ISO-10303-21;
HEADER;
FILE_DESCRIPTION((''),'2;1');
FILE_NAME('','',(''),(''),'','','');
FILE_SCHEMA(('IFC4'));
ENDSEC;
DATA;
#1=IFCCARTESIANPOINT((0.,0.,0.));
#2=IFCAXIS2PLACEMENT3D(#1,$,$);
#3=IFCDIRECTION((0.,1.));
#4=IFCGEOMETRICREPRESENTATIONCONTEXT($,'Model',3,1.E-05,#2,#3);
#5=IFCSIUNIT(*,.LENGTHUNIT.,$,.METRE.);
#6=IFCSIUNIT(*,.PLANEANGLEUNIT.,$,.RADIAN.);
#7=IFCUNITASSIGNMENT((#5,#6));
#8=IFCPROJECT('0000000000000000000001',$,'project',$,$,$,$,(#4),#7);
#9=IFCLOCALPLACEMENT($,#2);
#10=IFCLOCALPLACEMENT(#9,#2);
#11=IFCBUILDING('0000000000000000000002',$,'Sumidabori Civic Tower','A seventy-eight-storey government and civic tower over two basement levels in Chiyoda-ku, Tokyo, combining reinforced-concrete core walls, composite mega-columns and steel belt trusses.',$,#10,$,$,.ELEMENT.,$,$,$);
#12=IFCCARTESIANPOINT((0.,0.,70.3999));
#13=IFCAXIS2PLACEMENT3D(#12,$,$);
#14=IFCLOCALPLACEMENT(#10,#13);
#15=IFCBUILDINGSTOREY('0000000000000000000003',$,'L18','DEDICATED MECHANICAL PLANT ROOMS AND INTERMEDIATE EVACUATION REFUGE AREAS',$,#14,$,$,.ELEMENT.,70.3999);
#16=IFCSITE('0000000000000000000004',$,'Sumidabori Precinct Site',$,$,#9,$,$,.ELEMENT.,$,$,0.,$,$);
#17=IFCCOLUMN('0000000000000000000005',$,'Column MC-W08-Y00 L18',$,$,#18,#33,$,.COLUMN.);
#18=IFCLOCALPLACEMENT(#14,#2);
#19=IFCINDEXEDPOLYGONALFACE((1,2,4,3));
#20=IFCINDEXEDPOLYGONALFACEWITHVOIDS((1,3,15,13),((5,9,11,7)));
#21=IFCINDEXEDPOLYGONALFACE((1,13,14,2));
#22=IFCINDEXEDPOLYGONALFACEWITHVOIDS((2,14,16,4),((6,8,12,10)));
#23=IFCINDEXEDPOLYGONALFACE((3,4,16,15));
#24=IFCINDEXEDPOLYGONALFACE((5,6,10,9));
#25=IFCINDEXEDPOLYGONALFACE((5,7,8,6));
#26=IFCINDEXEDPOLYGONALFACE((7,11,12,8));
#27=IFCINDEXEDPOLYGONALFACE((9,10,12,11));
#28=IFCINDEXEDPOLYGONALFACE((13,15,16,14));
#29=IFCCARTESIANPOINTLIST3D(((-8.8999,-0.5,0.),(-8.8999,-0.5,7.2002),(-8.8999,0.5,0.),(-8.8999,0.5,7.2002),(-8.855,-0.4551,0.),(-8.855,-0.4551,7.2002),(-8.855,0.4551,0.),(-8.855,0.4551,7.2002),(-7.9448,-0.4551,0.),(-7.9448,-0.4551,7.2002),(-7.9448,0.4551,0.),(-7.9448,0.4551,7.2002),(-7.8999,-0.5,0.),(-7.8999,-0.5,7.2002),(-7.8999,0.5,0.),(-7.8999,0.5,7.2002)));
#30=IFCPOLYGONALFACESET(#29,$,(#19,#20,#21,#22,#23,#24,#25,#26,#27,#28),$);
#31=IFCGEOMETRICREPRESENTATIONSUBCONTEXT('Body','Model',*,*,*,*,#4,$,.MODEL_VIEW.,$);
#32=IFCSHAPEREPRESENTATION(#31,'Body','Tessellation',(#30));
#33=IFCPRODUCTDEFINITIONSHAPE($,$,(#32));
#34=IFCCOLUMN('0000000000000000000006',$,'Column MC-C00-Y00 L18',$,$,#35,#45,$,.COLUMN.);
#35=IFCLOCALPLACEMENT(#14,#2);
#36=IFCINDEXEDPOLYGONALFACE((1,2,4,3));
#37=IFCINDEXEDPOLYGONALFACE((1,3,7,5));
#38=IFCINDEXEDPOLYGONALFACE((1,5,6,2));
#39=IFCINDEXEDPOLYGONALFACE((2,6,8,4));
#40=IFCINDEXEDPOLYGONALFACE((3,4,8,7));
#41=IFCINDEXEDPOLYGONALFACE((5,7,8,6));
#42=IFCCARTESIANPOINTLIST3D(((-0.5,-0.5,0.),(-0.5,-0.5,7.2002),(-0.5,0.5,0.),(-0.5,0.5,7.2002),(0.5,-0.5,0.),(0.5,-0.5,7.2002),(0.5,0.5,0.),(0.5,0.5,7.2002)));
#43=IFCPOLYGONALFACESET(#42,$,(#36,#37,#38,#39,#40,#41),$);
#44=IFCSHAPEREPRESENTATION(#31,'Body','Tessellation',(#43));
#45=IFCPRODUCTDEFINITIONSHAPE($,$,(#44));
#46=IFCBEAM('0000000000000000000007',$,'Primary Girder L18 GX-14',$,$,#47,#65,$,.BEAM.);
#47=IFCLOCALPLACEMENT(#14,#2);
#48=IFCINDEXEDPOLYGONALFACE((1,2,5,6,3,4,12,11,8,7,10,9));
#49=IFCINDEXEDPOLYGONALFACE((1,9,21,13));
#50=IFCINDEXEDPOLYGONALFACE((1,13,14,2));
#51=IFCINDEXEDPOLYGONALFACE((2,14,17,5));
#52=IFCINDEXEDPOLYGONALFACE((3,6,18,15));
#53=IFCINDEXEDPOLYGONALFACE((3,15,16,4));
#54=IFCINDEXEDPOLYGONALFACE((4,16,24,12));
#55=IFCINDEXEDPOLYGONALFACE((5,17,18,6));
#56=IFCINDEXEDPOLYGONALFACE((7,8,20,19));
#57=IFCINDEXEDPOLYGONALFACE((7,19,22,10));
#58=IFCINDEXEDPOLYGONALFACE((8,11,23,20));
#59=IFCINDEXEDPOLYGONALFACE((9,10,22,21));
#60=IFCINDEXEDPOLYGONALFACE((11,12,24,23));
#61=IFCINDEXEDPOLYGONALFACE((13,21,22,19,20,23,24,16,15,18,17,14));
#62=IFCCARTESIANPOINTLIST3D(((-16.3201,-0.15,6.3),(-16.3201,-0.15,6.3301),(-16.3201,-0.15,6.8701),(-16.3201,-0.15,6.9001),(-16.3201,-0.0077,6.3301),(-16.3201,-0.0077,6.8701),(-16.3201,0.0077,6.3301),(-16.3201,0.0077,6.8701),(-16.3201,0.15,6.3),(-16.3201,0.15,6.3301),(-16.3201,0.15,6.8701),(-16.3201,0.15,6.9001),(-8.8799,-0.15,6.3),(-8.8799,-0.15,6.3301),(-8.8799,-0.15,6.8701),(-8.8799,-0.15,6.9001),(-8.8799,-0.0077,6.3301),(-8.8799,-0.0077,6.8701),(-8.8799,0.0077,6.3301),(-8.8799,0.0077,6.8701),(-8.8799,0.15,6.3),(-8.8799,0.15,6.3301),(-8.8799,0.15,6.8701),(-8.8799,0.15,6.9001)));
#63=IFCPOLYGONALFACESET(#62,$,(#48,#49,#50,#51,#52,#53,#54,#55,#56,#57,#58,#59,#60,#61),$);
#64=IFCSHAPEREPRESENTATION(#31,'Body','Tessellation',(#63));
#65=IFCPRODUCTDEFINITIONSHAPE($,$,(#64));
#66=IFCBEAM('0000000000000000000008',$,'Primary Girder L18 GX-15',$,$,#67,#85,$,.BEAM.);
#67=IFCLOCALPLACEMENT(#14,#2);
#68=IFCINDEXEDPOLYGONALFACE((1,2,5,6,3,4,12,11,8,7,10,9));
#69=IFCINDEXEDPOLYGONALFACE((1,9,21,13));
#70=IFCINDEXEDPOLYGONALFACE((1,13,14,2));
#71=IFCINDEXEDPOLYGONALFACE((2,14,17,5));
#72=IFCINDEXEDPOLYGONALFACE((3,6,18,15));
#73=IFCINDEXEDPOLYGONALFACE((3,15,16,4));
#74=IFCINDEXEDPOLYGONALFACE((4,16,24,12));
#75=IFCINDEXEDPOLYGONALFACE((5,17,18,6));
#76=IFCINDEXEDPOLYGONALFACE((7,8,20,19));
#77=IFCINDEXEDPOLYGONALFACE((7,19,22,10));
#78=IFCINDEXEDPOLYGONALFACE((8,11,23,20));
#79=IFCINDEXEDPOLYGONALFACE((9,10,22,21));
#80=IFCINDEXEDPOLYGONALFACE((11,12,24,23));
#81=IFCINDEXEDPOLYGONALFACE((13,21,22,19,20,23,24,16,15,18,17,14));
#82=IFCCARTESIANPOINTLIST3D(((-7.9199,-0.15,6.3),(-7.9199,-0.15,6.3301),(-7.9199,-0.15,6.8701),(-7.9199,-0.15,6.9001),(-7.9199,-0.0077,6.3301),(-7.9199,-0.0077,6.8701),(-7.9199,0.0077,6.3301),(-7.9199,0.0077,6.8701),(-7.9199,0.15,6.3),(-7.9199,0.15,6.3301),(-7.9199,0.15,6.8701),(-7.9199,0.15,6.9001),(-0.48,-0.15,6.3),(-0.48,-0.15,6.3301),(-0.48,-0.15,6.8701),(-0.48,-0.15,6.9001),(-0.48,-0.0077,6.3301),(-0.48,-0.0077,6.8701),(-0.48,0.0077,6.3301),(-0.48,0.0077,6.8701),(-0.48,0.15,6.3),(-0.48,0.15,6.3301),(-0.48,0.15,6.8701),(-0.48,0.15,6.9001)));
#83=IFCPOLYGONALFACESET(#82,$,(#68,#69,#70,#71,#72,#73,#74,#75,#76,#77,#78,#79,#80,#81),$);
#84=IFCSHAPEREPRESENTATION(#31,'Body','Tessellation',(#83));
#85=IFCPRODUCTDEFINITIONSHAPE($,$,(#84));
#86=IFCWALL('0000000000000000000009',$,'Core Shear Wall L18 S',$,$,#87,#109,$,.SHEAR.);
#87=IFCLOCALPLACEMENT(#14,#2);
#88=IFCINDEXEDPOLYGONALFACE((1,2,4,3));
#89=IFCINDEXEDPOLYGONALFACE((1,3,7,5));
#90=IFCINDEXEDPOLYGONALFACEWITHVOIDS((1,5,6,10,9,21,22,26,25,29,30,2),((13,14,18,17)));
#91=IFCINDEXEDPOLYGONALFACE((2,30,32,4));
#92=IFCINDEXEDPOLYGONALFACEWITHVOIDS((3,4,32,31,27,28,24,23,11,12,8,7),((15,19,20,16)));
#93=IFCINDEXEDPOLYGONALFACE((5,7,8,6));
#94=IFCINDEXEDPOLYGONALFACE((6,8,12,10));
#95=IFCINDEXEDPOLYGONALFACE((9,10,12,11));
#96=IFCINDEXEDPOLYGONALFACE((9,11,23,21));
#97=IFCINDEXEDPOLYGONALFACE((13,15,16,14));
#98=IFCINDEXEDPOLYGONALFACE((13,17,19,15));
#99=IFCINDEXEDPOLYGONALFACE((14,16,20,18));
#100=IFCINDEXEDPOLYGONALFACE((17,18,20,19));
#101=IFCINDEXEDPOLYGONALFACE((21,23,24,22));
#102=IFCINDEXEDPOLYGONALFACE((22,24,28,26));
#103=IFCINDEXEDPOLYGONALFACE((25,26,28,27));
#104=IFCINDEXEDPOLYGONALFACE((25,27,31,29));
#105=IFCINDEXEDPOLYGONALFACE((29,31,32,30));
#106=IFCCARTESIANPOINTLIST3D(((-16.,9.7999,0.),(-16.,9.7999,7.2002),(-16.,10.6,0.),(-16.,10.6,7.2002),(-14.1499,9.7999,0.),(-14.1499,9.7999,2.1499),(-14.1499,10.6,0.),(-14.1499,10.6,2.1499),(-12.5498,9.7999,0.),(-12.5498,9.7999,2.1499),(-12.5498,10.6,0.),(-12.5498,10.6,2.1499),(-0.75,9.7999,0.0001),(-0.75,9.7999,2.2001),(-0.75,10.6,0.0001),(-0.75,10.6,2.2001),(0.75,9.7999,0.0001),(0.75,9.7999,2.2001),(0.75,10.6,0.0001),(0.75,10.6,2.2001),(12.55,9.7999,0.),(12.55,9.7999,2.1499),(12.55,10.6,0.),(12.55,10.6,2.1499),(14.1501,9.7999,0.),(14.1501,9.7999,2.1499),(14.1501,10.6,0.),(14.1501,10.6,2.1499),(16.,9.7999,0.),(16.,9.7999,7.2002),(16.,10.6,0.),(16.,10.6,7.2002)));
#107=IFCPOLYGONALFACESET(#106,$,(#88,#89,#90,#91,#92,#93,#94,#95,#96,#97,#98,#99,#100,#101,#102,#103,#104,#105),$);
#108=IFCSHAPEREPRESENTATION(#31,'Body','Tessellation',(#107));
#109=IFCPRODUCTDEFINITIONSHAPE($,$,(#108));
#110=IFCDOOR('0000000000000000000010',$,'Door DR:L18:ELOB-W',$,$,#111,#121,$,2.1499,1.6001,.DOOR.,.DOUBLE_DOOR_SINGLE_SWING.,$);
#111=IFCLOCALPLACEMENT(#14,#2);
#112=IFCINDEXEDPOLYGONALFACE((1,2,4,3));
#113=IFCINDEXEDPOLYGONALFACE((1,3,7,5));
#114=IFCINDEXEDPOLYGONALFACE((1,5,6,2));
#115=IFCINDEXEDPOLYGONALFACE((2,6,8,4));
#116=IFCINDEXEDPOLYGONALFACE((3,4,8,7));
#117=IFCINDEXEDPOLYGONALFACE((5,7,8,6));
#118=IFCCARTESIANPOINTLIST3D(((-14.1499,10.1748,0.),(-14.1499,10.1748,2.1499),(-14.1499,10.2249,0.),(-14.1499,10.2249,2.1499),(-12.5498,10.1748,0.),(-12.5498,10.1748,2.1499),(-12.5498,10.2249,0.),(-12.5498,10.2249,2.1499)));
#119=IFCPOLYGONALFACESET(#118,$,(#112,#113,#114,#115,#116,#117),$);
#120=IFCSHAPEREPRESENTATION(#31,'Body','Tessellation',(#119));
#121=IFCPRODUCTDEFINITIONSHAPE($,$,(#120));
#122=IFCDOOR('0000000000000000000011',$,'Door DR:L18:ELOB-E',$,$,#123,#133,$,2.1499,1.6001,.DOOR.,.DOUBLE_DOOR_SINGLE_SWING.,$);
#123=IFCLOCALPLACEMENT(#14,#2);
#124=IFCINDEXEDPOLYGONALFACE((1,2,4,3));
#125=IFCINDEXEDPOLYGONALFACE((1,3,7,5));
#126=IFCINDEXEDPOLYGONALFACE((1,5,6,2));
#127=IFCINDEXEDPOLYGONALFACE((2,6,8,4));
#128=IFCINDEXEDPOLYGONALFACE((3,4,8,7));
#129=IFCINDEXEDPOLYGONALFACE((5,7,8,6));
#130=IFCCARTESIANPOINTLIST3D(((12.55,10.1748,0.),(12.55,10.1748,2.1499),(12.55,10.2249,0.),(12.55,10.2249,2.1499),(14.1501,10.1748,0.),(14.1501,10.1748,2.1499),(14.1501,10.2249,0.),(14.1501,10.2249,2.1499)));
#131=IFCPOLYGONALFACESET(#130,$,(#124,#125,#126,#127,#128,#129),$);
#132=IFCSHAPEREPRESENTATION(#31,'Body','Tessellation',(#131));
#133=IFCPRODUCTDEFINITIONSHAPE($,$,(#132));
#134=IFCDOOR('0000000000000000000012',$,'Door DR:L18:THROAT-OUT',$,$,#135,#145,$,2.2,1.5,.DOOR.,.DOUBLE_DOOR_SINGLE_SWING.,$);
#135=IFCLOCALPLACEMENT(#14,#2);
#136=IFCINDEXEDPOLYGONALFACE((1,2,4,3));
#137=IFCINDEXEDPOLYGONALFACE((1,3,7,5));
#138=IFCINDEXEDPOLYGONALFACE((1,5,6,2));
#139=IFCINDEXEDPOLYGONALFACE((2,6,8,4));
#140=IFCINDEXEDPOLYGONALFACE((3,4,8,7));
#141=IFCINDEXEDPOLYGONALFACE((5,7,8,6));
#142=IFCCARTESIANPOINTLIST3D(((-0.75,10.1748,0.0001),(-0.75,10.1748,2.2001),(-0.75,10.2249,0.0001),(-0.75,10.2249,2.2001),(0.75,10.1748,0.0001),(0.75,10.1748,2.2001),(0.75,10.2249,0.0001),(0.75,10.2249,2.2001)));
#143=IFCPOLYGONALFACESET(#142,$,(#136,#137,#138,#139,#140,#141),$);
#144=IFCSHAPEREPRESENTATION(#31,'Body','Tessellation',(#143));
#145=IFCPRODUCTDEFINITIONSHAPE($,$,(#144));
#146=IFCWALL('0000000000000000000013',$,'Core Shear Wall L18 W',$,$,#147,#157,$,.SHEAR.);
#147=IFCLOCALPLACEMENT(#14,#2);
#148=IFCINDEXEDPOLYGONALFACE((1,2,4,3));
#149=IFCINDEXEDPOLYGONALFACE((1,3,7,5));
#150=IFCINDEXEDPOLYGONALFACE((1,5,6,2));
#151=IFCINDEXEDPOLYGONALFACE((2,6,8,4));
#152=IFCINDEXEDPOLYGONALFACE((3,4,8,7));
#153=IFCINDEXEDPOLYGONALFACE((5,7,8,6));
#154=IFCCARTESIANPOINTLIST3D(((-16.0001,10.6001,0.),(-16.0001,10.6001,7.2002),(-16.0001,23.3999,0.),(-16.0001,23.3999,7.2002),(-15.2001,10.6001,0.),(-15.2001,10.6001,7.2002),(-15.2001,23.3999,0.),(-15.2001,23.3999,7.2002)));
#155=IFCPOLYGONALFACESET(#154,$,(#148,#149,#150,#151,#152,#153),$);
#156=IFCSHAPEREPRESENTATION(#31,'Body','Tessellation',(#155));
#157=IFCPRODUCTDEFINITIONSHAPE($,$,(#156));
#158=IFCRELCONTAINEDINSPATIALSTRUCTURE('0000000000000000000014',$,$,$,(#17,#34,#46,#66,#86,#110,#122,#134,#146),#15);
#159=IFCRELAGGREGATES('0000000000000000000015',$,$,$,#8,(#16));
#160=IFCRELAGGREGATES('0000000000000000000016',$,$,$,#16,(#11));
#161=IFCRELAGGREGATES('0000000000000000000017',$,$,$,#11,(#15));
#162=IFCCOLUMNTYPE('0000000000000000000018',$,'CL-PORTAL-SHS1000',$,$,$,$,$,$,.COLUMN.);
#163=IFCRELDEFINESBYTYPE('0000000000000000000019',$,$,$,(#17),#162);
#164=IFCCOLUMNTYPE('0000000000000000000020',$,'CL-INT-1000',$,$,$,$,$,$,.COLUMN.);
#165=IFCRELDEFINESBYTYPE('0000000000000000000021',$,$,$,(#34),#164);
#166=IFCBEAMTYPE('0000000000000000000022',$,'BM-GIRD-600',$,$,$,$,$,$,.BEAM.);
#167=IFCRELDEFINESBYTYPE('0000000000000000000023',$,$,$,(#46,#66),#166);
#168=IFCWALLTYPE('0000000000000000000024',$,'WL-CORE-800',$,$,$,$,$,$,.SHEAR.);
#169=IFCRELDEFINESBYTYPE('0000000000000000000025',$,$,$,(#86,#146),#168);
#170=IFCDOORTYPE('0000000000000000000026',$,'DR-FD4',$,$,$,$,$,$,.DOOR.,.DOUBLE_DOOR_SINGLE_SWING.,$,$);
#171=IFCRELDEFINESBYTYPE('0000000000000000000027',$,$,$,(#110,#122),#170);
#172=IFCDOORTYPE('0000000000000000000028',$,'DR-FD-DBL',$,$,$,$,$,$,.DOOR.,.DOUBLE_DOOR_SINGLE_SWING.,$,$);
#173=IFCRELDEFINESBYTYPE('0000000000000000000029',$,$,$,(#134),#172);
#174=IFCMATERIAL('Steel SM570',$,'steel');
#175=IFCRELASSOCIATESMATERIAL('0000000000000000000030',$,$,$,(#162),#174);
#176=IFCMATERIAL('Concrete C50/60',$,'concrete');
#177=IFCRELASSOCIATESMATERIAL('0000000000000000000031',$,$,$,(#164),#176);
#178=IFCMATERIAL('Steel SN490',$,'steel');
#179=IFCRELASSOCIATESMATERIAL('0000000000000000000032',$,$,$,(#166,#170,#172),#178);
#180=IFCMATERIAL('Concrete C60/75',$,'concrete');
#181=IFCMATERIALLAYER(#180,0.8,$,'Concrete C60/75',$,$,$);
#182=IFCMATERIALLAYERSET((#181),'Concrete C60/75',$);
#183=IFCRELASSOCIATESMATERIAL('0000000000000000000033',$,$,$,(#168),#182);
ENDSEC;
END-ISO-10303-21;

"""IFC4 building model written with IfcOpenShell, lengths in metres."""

from ifc_helpers import new_model, si_unit, direction, frame, frame_2d, origin, origin_with_axes, origin_2d, place, context, subcontext, project, spatial, rectangle, hollow_rectangle, i_section, extrude, source, transform, mapped, material, layer, layer_set, material_profile, profile_set, type_object, element, fill, save


model = new_model("IFC4")

# Units and contexts
model_context = context("Model", 3, precision=1e-05, world=origin(), true_north=direction((0.0, 1.0)))
body_context = subcontext(model_context, "Body", "Model", "MODEL_VIEW")
ifc_project = project(units=[si_unit("LENGTHUNIT", "METRE"), si_unit("PLANEANGLEUNIT", "RADIAN")], contexts=[model_context])

# Site, building, storey
site_placement = place(None, origin())
site = spatial("IfcSite", under=ifc_project, at=site_placement, Name="Sumidabori Precinct Site", CompositionType="ELEMENT", RefElevation=0.0)
building_placement = place(site_placement, origin())
building = spatial("IfcBuilding", under=site, at=building_placement, Name="Sumidabori Civic Tower", Description="A seventy-eight-storey government and civic tower over two basement levels in Chiyoda-ku, Tokyo, combining reinforced-concrete core walls, composite mega-columns and steel belt trusses.", CompositionType="ELEMENT")
storey_placement = place(building_placement, frame((0.0, 0.0, 70.3999)))
storey = spatial("IfcBuildingStorey", under=building, at=storey_placement, Name="L18", Description="DEDICATED MECHANICAL PLANT ROOMS AND INTERMEDIATE EVACUATION REFUGE AREAS", CompositionType="ELEMENT", Elevation=70.3999)

# Columns
ifc_material_1 = material(Name="Steel SM570", Category="steel")
ifc_material_profile_1 = material_profile(ifc_material_1, hollow_rectangle(XDim=1.0, YDim=1.0, WallThickness=0.0449, at=origin_2d()), Name="SHS 1000x1000x45")
ifc_profile_set_1 = profile_set([ifc_material_profile_1], Name="Steel SM570")
column_type_1 = type_object("IfcColumnType", Name="CL-PORTAL-SHS1000", PredefinedType="COLUMN", material=ifc_profile_set_1)
shared_shape_1 = source(origin(), body_context, "Body", "SweptSolid", [
    extrude(hollow_rectangle(XDim=1.0, YDim=1.0, WallThickness=0.0449, at=origin_2d()), origin(), (0.0, 0.0, 1.0), 7.2002),
])
column_1_placement = place(storey_placement, frame((-8.3999, 0.0, 0.0), z_axis=(0.0, 0.0, 1.0), x_axis=(1.0, 0.0, 0.0)))
element("IfcColumn", 1, at=column_1_placement, inside=storey, type_object=column_type_1, Name="Column MC-W08-Y00 L18", PredefinedType="COLUMN", context=body_context, shape_type="MappedRepresentation", body=[
    mapped(shared_shape_1, transform((0.0, 0.0, 0.0), x_axis=(1.0, 0.0, 0.0), y_axis=(0.0, 1.0, 0.0), z_axis=(0.0, 0.0, 1.0), scale=1.0)),
])
ifc_material_2 = material(Name="Concrete C50/60", Category="concrete")
ifc_material_profile_2 = material_profile(ifc_material_2, rectangle(XDim=1.0, YDim=1.0, at=origin_2d()), Name="RC 1000x1000")
ifc_profile_set_2 = profile_set([ifc_material_profile_2], Name="Concrete C50/60")
column_type_2 = type_object("IfcColumnType", Name="CL-INT-1000", PredefinedType="COLUMN", material=ifc_profile_set_2)
shared_shape_2 = source(origin(), body_context, "Body", "SweptSolid", [
    extrude(rectangle(XDim=1.0, YDim=1.0, at=origin_2d()), origin(), (0.0, 0.0, 1.0), 7.2002),
])
column_2_placement = place(storey_placement, origin_with_axes())
element("IfcColumn", 2, at=column_2_placement, inside=storey, type_object=column_type_2, Name="Column MC-C00-Y00 L18", PredefinedType="COLUMN", context=body_context, shape_type="MappedRepresentation", body=[
    mapped(shared_shape_2, transform((0.0, 0.0, 0.0), x_axis=(1.0, 0.0, 0.0), y_axis=(0.0, 1.0, 0.0), z_axis=(0.0, 0.0, 1.0), scale=1.0)),
])

# Beams
ifc_material_3 = material(Name="Steel SN490", Category="steel")
ifc_material_profile_3 = material_profile(ifc_material_3, i_section(OverallWidth=0.3, OverallDepth=0.6001, WebThickness=0.0154, FlangeThickness=0.03, at=origin_2d()), Name="HE 600 B")
ifc_profile_set_3 = profile_set([ifc_material_profile_3], Name="Steel SN490")
beam_type = type_object("IfcBeamType", Name="BM-GIRD-600", PredefinedType="BEAM", material=ifc_profile_set_3)
shared_shape_3 = source(origin(), body_context, "Body", "SweptSolid", [
    extrude(i_section(OverallWidth=0.3, OverallDepth=0.6001, WebThickness=0.0154, FlangeThickness=0.03, at=origin_2d()), origin(), (0.0, 0.0, 1.0), 7.4402),
])
beam_1_placement = place(storey_placement, frame((-16.3201, 0.0, 6.6001), z_axis=(1.0, 0.0, 0.0), x_axis=(0.0, 1.0, 0.0)))
element("IfcBeam", 3, at=beam_1_placement, inside=storey, type_object=beam_type, Name="Primary Girder L18 GX-14", PredefinedType="BEAM", context=body_context, shape_type="MappedRepresentation", body=[
    mapped(shared_shape_3, transform((0.0, 0.0, 0.0), x_axis=(1.0, 0.0, 0.0), y_axis=(0.0, 1.0, 0.0), z_axis=(0.0, 0.0, 1.0), scale=1.0)),
])
shared_shape_4 = source(origin(), body_context, "Body", "SweptSolid", [
    extrude(i_section(OverallWidth=0.3, OverallDepth=0.6001, WebThickness=0.0154, FlangeThickness=0.03, at=origin_2d()), origin(), (0.0, 0.0, 1.0), 7.4399),
])
beam_2_placement = place(storey_placement, frame((-7.9199, 0.0, 6.6001), z_axis=(1.0, 0.0, 0.0), x_axis=(0.0, 1.0, 0.0)))
element("IfcBeam", 4, at=beam_2_placement, inside=storey, type_object=beam_type, Name="Primary Girder L18 GX-15", PredefinedType="BEAM", context=body_context, shape_type="MappedRepresentation", body=[
    mapped(shared_shape_4, transform((0.0, 0.0, 0.0), x_axis=(1.0, 0.0, 0.0), y_axis=(0.0, 1.0, 0.0), z_axis=(0.0, 0.0, 1.0), scale=1.0)),
])

# Wall, openings, doors
ifc_material_4 = material(Name="Concrete C60/75", Category="concrete")
ifc_layer_1 = layer(ifc_material_4, 0.8, Name="Concrete C60/75")
ifc_layer_set_1 = layer_set([ifc_layer_1], Name="Concrete C60/75")
wall_type_1 = type_object("IfcWallType", Name="WL-CORE-800", PredefinedType="SHEAR", material=ifc_layer_set_1)
shared_shape_5 = source(origin(), body_context, "Body", "SweptSolid", [
    extrude(rectangle(XDim=32.0, YDim=0.8, at=frame_2d((16.0, 0.0))), origin(), (0.0, 0.0, 1.0), 7.2002),
])
wall_1_placement = place(storey_placement, frame((-16.0, 10.2, 0.0), z_axis=(0.0, 0.0, 1.0), x_axis=(1.0, 0.0, 0.0)))
wall_1 = element("IfcWall", 5, at=wall_1_placement, inside=storey, type_object=wall_type_1, Name="Core Shear Wall L18 S", PredefinedType="SHEAR", context=body_context, shape_type="MappedRepresentation", body=[
    mapped(shared_shape_5, transform((0.0, 0.0, 0.0), x_axis=(1.0, 0.0, 0.0), y_axis=(0.0, 1.0, 0.0), z_axis=(0.0, 0.0, 1.0), scale=1.0)),
])
opening_1_placement = place(wall_1_placement, frame((1.8501, 0.0, 0.0)))
opening_1 = element("IfcOpeningElement", 6, at=opening_1_placement, cuts=wall_1, PredefinedType="OPENING", context=body_context, shape_type="SweptSolid", body=[
    extrude(rectangle(XDim=1.6001, YDim=2.1499, at=frame_2d((0.8, 1.075))), frame((0.0, 0.4121, 0.0), z_axis=(0.0, -1.0, 0.0), x_axis=(1.0, 0.0, 0.0)), (0.0, 0.0, 1.0), 0.824),
])
opening_2_placement = place(wall_1_placement, frame((28.55, 0.0, 0.0)))
opening_2 = element("IfcOpeningElement", 7, at=opening_2_placement, cuts=wall_1, PredefinedType="OPENING", context=body_context, shape_type="SweptSolid", body=[
    extrude(rectangle(XDim=1.6001, YDim=2.1499, at=frame_2d((0.8, 1.075))), frame((0.0, 0.4121, 0.0), z_axis=(0.0, -1.0, 0.0), x_axis=(1.0, 0.0, 0.0)), (0.0, 0.0, 1.0), 0.824),
])
opening_3_placement = place(wall_1_placement, frame((15.25, 0.0, 0.0)))
opening_3 = element("IfcOpeningElement", 8, at=opening_3_placement, cuts=wall_1, PredefinedType="OPENING", context=body_context, shape_type="SweptSolid", body=[
    extrude(rectangle(XDim=1.5, YDim=2.2, at=frame_2d((0.75, 1.1001))), frame((0.0, 0.4121, 0.0), z_axis=(0.0, -1.0, 0.0), x_axis=(1.0, 0.0, 0.0)), (0.0, 0.0, 1.0), 0.824),
])
door_type_1 = type_object("IfcDoorType", Name="DR-FD4", OperationType="DOUBLE_DOOR_SINGLE_SWING", PredefinedType="DOOR", material=ifc_material_3)
shared_shape_6 = source(origin(), body_context, "Body", "SweptSolid", [
    extrude(rectangle(XDim=1.6001, YDim=2.1499, at=frame_2d((0.8, 1.075))), frame((0.0, 0.0249, 0.0), z_axis=(0.0, -1.0, 0.0), x_axis=(1.0, 0.0, 0.0)), (0.0, 0.0, 1.0), 0.05),
])
door_1_placement = place(opening_1_placement, origin())
door_1 = element("IfcDoor", 9, at=door_1_placement, inside=storey, type_object=door_type_1, Name="Door DR:L18:ELOB-W", OperationType="DOUBLE_DOOR_SINGLE_SWING", OverallHeight=2.1499, OverallWidth=1.6001, PredefinedType="DOOR", context=body_context, shape_type="MappedRepresentation", body=[
    mapped(shared_shape_6, transform((0.0, 0.0, 0.0), x_axis=(1.0, 0.0, 0.0), y_axis=(0.0, 1.0, 0.0), z_axis=(0.0, 0.0, 1.0), scale=1.0)),
])
fill(opening_1, door_1)
door_2_placement = place(opening_2_placement, origin())
door_2 = element("IfcDoor", 10, at=door_2_placement, inside=storey, type_object=door_type_1, Name="Door DR:L18:ELOB-E", OperationType="DOUBLE_DOOR_SINGLE_SWING", OverallHeight=2.1499, OverallWidth=1.6001, PredefinedType="DOOR", context=body_context, shape_type="MappedRepresentation", body=[
    mapped(shared_shape_6, transform((0.0, 0.0, 0.0), x_axis=(1.0, 0.0, 0.0), y_axis=(0.0, 1.0, 0.0), z_axis=(0.0, 0.0, 1.0), scale=1.0)),
])
fill(opening_2, door_2)
door_type_2 = type_object("IfcDoorType", Name="DR-FD-DBL", OperationType="DOUBLE_DOOR_SINGLE_SWING", PredefinedType="DOOR", material=ifc_material_3)
shared_shape_7 = source(origin(), body_context, "Body", "SweptSolid", [
    extrude(rectangle(XDim=1.5, YDim=2.2, at=frame_2d((0.75, 1.1001))), frame((0.0, 0.0249, 0.0), z_axis=(0.0, -1.0, 0.0), x_axis=(1.0, 0.0, 0.0)), (0.0, 0.0, 1.0), 0.05),
])
door_3_placement = place(opening_3_placement, origin())
door_3 = element("IfcDoor", 11, at=door_3_placement, inside=storey, type_object=door_type_2, Name="Door DR:L18:THROAT-OUT", OperationType="DOUBLE_DOOR_SINGLE_SWING", OverallHeight=2.2, OverallWidth=1.5, PredefinedType="DOOR", context=body_context, shape_type="MappedRepresentation", body=[
    mapped(shared_shape_7, transform((0.0, 0.0, 0.0), x_axis=(1.0, 0.0, 0.0), y_axis=(0.0, 1.0, 0.0), z_axis=(0.0, 0.0, 1.0), scale=1.0)),
])
fill(opening_3, door_3)

# Wall
shared_shape_8 = source(origin(), body_context, "Body", "SweptSolid", [
    extrude(rectangle(XDim=12.7998, YDim=0.8, at=frame_2d((6.3999, 0.0))), origin(), (0.0, 0.0, 1.0), 7.2002),
])
wall_2_placement = place(storey_placement, frame((-15.6001, 10.6001, 0.0), z_axis=(0.0, 0.0, 1.0), x_axis=(0.0, 1.0, 0.0)))
element("IfcWall", 12, at=wall_2_placement, inside=storey, type_object=wall_type_1, Name="Core Shear Wall L18 W", PredefinedType="SHEAR", context=body_context, shape_type="MappedRepresentation", body=[
    mapped(shared_shape_8, transform((0.0, 0.0, 0.0), x_axis=(1.0, 0.0, 0.0), y_axis=(0.0, 1.0, 0.0), z_axis=(0.0, 0.0, 1.0), scale=1.0)),
])

save(model, "model.ifc")
